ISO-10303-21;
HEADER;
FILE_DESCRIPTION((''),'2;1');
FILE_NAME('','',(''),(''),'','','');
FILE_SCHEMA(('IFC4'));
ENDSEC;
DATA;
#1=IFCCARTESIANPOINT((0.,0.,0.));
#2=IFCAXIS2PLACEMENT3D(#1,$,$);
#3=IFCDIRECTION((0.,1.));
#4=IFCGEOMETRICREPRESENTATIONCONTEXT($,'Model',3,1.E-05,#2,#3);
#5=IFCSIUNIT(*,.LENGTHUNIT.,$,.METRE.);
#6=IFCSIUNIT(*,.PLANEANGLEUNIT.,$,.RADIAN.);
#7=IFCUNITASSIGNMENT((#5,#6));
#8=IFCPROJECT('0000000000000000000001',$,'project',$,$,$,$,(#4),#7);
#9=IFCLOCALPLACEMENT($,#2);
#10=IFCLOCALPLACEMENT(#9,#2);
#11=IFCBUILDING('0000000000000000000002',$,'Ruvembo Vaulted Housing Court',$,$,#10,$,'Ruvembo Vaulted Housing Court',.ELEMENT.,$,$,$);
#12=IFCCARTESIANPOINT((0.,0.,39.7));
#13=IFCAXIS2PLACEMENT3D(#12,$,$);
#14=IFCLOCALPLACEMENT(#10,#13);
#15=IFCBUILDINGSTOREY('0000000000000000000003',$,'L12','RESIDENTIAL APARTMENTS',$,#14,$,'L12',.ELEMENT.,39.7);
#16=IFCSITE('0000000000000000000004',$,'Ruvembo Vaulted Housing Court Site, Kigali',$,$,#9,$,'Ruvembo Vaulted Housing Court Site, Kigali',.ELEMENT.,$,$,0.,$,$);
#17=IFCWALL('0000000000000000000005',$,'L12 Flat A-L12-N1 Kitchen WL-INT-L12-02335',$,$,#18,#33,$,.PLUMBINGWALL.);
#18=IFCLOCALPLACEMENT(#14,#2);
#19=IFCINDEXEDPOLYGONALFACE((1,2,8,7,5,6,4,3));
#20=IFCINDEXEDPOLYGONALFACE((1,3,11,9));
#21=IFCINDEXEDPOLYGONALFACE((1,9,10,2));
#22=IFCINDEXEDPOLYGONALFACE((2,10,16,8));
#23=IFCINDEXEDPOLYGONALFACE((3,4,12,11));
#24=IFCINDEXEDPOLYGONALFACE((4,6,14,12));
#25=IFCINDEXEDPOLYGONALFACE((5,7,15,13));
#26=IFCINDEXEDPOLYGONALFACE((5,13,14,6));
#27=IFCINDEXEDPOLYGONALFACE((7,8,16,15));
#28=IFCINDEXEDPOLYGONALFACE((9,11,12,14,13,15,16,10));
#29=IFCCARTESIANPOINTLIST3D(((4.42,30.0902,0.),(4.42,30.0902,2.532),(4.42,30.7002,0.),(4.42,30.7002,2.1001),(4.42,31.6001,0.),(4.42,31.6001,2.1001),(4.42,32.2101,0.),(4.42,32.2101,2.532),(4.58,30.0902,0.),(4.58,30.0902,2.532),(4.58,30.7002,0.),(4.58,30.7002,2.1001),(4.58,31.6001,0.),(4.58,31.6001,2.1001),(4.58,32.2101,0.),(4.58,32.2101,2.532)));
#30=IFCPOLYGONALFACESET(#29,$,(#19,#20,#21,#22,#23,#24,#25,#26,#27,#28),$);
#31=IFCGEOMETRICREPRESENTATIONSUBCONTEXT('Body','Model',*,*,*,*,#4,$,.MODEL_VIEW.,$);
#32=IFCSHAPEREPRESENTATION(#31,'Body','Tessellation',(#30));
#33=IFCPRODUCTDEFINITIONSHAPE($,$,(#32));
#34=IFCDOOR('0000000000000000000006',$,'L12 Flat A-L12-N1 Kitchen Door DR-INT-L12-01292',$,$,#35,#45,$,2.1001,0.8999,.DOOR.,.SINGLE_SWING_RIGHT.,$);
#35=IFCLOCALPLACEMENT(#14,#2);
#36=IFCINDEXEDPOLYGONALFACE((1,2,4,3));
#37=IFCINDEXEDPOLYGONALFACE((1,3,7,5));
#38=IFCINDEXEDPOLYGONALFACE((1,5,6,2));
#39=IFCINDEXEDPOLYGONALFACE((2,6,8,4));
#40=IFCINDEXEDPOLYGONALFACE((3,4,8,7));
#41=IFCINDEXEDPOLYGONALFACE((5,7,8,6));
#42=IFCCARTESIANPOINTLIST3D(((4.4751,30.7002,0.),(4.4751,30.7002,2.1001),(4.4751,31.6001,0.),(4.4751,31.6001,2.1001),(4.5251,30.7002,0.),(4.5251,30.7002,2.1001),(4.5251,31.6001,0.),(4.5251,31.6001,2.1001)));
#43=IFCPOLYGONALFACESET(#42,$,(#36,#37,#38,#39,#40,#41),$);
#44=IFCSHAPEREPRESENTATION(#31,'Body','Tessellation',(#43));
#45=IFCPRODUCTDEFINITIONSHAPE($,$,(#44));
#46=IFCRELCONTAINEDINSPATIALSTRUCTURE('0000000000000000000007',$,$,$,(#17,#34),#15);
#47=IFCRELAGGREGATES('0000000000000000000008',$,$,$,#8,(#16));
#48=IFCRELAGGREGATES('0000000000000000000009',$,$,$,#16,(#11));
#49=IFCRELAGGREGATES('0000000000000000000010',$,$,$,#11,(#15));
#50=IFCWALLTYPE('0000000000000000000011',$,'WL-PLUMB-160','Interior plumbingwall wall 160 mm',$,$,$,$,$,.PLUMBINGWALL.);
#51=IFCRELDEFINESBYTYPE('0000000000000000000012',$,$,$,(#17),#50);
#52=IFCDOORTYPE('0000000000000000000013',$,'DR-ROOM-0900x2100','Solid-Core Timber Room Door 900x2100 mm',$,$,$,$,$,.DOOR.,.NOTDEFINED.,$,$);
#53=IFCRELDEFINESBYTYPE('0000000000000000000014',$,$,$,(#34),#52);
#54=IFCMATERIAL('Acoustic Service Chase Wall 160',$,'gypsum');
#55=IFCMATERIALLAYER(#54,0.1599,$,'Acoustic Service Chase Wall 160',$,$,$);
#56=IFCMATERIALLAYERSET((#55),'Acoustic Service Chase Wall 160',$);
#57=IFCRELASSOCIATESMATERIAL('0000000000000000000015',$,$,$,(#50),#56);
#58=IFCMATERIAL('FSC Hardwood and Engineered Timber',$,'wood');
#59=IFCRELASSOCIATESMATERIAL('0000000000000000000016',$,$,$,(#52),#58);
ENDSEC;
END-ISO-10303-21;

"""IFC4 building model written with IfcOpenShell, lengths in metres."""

from ifc_helpers import new_model, si_unit, direction, frame, frame_2d, origin, place, context, subcontext, project, spatial, rectangle, extrude, material, layer, layer_set, type_object, element, fill, save


model = new_model("IFC4")

# Units and contexts
model_context = context("Model", 3, precision=1e-05, world=origin(), true_north=direction((0.0, 1.0)))
body_context = subcontext(model_context, "Body", "Model", "MODEL_VIEW")
ifc_project = project(units=[si_unit("LENGTHUNIT", "METRE"), si_unit("PLANEANGLEUNIT", "RADIAN")], contexts=[model_context])

# Site, building, storey
site_placement = place(None, origin())
site = spatial("IfcSite", under=ifc_project, at=site_placement, Name="Ruvembo Vaulted Housing Court Site, Kigali", LongName="Ruvembo Vaulted Housing Court Site, Kigali", CompositionType="ELEMENT", RefElevation=0.0)
building_placement = place(site_placement, origin())
building = spatial("IfcBuilding", under=site, at=building_placement, Name="Ruvembo Vaulted Housing Court", LongName="Ruvembo Vaulted Housing Court", CompositionType="ELEMENT")
storey_placement = place(building_placement, frame((0.0, 0.0, 39.7)))
storey = spatial("IfcBuildingStorey", under=building, at=storey_placement, Name="L12", Description="RESIDENTIAL APARTMENTS", LongName="L12", CompositionType="ELEMENT", Elevation=39.7)

# Shared definitions
ifc_material_1 = material(Name="FSC Hardwood and Engineered Timber", Category="wood")

# Wall, opening, door
ifc_material_2 = material(Name="Acoustic Service Chase Wall 160", Category="gypsum")
ifc_layer_1 = layer(ifc_material_2, 0.1599, Name="Acoustic Service Chase Wall 160")
ifc_layer_set_1 = layer_set([ifc_layer_1], Name="Acoustic Service Chase Wall 160")
wall_type_1 = type_object("IfcWallType", Name="WL-PLUMB-160", Description="Interior plumbingwall wall 160 mm", PredefinedType="PLUMBINGWALL", material=ifc_layer_set_1)
wall_1_placement = place(storey_placement, frame((4.5, 30.0901, 0.0), z_axis=(0.0, 0.0, 1.0), x_axis=(0.0, 1.0, 0.0)))
wall_1 = element("IfcWall", 1, at=wall_1_placement, inside=storey, type_object=wall_type_1, Name="L12 Flat A-L12-N1 Kitchen WL-INT-L12-02335", PredefinedType="PLUMBINGWALL", context=body_context, shape_type="SweptSolid", body=[
    extrude(rectangle(XDim=2.1199, YDim=0.1599, at=frame_2d((1.0601, 0.0))), origin(), (0.0, 0.0, 1.0), 2.532),
])
opening_1_placement = place(wall_1_placement, frame((0.6101, 0.0, 0.0)))
opening_1 = element("IfcOpeningElement", 2, at=opening_1_placement, cuts=wall_1, PredefinedType="OPENING", context=body_context, shape_type="SweptSolid", body=[
    extrude(rectangle(XDim=0.8999, YDim=2.1001, at=frame_2d((0.45, 1.05))), frame((0.0, 0.0898, 0.0), z_axis=(0.0, -1.0, 0.0), x_axis=(1.0, 0.0, 0.0)), (0.0, 0.0, 1.0), 0.1799),
])
door_type_1 = type_object("IfcDoorType", Name="DR-ROOM-0900x2100", Description="Solid-Core Timber Room Door 900x2100 mm", OperationType="NOTDEFINED", PredefinedType="DOOR", material=ifc_material_1)
door_1_placement = place(opening_1_placement, origin())
door_1 = element("IfcDoor", 3, at=door_1_placement, inside=storey, type_object=door_type_1, Name="L12 Flat A-L12-N1 Kitchen Door DR-INT-L12-01292", OperationType="SINGLE_SWING_RIGHT", OverallHeight=2.1001, OverallWidth=0.8999, PredefinedType="DOOR", context=body_context, shape_type="SweptSolid", body=[
    extrude(rectangle(XDim=0.8999, YDim=2.1001, at=frame_2d((0.45, 1.05))), frame((0.0, 0.0249, 0.0), z_axis=(0.0, -1.0, 0.0), x_axis=(1.0, 0.0, 0.0)), (0.0, 0.0, 1.0), 0.05),
])
fill(opening_1, door_1)

save(model, "model.ifc")
